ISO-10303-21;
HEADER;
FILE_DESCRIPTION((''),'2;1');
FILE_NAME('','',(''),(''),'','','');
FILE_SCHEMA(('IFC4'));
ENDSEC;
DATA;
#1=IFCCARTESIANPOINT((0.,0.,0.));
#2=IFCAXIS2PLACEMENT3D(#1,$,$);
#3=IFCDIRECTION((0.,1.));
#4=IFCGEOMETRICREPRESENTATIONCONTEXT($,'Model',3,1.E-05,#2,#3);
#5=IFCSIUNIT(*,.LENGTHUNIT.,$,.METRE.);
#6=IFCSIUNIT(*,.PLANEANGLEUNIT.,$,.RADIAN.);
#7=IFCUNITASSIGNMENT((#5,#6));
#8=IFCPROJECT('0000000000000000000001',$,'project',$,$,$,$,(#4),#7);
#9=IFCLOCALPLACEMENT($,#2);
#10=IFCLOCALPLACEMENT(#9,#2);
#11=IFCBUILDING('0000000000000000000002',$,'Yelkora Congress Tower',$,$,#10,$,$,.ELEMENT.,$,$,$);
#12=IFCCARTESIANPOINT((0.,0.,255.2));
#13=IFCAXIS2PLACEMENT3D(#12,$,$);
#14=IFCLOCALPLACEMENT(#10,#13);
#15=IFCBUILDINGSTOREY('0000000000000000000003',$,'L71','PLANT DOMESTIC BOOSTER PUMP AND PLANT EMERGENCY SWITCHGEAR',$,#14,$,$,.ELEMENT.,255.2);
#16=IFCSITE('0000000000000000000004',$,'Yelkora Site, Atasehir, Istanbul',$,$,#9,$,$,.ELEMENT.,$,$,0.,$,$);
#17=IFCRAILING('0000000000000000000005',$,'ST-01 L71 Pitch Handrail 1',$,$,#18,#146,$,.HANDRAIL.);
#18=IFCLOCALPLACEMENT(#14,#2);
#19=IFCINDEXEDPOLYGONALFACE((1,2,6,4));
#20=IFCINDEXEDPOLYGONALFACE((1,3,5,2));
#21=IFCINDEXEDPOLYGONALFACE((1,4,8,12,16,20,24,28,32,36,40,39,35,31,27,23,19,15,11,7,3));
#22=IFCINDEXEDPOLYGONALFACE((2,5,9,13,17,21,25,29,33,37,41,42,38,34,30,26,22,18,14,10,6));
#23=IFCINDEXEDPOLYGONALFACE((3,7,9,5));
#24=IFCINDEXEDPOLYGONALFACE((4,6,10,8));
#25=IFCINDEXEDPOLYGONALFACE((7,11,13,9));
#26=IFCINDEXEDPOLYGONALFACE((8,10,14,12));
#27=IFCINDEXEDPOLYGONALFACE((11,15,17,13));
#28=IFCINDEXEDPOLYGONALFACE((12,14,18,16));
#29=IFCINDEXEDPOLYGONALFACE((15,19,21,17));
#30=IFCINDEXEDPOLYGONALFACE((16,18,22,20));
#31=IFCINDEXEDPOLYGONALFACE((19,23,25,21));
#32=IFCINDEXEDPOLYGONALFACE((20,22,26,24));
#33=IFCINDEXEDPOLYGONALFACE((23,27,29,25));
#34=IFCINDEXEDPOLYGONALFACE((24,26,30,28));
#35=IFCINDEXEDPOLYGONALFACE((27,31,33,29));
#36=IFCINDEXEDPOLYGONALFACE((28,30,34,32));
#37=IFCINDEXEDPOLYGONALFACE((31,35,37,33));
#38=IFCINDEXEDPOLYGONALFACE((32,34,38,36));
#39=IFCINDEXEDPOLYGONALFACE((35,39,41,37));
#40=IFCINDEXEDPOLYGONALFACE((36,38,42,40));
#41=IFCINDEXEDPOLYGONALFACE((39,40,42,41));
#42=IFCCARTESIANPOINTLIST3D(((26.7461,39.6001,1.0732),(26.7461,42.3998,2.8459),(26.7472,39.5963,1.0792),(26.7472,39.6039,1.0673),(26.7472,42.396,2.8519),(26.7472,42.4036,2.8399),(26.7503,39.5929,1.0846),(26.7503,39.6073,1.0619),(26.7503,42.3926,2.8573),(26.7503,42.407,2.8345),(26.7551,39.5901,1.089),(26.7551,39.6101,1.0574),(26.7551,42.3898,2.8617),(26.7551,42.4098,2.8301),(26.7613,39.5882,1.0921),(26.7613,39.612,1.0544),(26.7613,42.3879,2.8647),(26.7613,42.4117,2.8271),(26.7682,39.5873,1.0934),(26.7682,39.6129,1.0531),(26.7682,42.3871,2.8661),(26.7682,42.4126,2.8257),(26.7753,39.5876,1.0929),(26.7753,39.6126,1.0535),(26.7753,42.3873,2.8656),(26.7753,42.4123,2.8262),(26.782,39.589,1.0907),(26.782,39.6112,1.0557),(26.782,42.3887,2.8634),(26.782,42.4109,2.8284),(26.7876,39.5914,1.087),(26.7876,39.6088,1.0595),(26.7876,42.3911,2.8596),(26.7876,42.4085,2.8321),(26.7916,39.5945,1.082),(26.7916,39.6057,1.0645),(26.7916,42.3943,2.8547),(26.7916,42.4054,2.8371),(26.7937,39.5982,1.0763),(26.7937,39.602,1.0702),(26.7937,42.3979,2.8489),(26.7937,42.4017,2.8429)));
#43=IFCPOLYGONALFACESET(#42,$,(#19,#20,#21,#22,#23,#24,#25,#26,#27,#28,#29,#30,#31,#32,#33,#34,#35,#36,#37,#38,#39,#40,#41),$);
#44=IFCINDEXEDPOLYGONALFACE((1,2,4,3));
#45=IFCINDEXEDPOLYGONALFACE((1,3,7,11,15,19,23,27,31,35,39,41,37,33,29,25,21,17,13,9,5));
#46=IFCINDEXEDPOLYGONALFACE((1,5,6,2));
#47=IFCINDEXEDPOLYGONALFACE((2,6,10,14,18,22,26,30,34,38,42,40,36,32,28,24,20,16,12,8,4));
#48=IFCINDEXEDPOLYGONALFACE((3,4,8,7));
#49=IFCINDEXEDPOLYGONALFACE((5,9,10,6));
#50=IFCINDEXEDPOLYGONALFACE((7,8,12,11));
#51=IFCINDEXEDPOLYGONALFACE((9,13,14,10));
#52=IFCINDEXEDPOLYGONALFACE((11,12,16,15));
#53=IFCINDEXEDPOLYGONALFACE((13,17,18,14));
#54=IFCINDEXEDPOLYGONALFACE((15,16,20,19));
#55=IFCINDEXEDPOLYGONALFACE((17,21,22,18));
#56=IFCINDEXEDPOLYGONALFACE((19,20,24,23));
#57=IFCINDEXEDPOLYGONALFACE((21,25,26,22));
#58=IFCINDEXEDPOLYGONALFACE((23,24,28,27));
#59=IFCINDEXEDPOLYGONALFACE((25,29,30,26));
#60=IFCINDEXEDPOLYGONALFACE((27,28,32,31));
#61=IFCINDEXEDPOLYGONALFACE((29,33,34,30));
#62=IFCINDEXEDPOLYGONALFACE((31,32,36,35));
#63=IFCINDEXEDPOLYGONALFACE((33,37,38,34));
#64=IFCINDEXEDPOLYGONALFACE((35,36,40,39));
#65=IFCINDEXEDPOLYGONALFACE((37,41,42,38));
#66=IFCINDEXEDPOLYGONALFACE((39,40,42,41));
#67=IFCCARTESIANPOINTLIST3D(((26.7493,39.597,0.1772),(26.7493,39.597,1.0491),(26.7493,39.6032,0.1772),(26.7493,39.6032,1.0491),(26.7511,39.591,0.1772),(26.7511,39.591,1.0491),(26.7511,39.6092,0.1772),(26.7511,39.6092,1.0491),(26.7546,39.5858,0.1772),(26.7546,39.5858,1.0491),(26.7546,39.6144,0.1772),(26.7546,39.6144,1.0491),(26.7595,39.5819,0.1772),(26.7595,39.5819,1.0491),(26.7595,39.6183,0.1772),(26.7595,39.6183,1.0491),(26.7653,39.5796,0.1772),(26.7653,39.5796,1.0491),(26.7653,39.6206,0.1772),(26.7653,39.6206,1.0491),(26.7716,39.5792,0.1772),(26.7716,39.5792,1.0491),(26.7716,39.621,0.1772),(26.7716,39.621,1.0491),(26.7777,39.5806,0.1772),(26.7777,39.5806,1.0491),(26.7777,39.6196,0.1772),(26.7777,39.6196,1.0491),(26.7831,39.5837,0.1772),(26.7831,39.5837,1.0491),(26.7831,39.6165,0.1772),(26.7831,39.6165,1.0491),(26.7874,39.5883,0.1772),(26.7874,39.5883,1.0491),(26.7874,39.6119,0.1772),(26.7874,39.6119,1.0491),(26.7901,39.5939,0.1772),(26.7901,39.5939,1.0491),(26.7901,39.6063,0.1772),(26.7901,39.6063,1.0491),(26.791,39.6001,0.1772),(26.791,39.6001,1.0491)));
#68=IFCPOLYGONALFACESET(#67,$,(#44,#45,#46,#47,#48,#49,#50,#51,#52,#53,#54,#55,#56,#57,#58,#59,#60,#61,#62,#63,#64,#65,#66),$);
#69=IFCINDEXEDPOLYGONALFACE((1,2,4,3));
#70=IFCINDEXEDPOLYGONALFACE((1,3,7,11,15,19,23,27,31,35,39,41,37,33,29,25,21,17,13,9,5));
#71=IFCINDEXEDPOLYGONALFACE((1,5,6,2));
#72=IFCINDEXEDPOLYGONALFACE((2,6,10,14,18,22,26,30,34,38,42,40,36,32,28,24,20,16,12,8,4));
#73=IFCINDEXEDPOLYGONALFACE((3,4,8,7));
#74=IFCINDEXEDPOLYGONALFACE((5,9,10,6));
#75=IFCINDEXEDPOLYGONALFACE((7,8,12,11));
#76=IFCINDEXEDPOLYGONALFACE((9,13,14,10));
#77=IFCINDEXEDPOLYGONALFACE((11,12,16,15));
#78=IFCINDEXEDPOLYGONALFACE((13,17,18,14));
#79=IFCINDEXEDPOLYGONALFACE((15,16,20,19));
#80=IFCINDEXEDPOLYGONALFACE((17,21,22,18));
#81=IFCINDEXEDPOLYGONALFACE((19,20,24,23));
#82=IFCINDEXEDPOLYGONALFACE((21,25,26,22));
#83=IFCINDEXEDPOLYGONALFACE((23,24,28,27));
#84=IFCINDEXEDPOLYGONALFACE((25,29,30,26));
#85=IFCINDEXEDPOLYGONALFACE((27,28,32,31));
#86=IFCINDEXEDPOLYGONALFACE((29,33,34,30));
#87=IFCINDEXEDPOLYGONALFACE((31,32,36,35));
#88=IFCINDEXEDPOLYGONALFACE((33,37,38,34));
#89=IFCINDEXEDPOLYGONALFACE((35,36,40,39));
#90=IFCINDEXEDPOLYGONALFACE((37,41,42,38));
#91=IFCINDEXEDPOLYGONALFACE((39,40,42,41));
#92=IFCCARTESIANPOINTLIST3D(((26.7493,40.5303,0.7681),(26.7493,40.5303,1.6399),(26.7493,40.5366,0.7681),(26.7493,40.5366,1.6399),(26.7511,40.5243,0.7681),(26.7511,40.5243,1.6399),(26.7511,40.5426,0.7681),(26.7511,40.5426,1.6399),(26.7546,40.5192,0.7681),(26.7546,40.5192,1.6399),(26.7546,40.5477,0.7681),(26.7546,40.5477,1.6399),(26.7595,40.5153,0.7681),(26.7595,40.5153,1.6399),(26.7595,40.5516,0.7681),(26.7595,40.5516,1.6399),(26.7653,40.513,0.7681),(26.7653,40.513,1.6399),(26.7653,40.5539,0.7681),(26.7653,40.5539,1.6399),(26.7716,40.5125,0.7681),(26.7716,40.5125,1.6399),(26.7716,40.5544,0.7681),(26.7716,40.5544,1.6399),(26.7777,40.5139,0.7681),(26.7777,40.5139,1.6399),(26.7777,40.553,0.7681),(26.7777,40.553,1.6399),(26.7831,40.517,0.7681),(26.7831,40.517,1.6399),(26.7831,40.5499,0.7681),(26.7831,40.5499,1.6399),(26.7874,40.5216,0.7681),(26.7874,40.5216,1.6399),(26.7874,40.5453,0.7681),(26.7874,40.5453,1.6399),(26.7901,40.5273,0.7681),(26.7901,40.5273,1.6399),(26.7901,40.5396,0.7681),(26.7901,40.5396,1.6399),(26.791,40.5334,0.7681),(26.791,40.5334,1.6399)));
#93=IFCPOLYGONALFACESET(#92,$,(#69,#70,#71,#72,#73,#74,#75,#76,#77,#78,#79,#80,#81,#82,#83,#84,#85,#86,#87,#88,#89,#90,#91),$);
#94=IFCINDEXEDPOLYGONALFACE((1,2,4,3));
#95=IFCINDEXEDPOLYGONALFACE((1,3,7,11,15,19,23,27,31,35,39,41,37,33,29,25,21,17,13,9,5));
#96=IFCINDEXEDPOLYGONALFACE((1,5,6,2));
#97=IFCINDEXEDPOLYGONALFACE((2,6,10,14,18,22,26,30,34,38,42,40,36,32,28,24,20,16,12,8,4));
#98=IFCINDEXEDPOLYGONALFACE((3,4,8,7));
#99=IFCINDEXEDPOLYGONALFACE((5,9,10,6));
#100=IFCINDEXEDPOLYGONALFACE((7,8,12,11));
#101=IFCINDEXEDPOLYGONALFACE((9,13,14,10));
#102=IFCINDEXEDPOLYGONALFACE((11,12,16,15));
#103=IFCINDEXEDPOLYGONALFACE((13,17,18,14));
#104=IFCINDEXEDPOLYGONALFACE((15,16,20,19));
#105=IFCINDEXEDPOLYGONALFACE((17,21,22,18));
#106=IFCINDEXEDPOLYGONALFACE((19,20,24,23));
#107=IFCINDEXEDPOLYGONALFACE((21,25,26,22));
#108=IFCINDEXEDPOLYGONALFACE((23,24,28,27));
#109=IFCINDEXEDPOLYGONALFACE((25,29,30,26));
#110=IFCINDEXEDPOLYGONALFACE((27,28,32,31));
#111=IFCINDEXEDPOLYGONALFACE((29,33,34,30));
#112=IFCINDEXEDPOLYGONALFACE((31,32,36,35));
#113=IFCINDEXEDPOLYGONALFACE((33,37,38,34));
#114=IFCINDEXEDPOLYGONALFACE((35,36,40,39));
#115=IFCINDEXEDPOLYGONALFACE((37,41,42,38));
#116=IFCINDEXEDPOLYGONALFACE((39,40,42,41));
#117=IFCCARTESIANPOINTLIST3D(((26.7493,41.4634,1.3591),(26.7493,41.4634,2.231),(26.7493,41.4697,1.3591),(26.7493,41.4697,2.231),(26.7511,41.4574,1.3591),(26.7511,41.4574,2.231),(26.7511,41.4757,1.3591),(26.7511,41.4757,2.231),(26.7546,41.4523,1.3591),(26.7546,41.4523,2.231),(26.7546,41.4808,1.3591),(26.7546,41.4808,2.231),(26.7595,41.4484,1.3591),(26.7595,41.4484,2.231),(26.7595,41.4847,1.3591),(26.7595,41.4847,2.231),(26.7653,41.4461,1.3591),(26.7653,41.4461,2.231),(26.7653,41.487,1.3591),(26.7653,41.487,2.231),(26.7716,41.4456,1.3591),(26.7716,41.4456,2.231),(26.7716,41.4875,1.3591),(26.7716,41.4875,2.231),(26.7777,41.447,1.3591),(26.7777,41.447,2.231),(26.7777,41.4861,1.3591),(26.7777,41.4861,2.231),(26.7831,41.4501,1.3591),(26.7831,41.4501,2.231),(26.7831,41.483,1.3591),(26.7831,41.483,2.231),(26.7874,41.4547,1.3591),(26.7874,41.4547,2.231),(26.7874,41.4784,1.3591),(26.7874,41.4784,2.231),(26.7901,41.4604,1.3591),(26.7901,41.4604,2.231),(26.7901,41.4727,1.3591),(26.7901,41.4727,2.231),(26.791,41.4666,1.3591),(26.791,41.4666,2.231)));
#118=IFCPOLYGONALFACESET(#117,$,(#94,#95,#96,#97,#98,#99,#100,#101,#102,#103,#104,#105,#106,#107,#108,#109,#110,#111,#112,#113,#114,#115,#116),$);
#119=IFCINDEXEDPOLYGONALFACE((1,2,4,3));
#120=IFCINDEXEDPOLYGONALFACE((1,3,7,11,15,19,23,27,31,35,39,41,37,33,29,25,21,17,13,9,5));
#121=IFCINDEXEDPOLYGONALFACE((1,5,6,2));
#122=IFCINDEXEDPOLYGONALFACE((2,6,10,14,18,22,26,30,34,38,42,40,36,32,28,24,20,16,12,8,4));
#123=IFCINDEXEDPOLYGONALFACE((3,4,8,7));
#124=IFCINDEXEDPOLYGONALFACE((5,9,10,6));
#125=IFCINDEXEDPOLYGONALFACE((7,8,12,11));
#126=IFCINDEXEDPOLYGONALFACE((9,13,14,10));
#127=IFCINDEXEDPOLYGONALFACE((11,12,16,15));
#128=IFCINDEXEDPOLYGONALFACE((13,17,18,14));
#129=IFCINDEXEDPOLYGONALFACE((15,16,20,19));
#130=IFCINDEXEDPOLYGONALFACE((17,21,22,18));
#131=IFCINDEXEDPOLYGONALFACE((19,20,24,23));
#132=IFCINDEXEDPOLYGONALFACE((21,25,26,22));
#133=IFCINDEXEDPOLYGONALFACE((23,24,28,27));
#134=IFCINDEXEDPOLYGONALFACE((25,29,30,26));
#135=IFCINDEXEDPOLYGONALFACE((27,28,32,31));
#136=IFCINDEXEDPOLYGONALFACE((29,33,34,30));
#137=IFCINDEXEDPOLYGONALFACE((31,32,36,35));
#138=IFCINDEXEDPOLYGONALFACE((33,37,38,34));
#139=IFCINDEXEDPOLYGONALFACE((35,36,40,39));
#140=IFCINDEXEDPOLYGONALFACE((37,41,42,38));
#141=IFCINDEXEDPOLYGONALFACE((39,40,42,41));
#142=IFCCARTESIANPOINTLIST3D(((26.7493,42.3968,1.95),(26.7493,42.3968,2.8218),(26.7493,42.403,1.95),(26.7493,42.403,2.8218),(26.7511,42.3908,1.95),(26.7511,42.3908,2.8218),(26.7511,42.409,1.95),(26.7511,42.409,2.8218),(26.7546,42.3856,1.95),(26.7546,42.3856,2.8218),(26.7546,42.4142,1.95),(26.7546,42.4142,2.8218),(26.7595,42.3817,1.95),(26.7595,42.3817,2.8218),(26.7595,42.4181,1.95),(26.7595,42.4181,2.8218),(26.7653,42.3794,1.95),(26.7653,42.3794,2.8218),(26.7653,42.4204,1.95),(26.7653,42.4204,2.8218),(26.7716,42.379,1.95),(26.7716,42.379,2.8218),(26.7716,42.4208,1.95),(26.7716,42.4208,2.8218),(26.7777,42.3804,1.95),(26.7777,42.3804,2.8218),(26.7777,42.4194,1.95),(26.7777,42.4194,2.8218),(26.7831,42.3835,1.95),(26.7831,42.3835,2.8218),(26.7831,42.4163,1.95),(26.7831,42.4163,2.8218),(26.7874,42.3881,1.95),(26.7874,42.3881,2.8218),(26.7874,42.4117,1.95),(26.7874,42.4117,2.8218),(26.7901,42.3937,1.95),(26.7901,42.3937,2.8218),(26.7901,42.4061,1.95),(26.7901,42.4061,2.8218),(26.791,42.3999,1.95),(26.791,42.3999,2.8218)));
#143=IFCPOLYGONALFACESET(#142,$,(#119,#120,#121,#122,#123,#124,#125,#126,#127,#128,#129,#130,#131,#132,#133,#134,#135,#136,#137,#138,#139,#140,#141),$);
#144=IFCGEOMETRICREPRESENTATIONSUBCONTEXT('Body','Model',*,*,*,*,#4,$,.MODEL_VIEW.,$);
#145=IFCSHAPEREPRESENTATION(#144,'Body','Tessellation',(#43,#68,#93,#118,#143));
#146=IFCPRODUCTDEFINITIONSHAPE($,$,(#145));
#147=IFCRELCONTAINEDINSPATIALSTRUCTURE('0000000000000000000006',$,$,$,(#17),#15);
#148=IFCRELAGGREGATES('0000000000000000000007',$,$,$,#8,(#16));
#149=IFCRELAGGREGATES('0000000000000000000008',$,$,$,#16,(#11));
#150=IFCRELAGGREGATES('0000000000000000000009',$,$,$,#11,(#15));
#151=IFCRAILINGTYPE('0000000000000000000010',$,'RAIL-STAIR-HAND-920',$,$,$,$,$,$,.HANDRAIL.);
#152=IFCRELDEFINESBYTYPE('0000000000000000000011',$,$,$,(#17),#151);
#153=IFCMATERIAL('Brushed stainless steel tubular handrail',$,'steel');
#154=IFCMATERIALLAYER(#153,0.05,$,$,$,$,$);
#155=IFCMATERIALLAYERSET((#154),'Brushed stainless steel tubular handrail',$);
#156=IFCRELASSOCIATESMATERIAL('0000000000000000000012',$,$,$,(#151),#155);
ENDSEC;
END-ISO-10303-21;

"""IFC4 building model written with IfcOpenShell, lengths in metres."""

from ifc_helpers import new_model, si_unit, direction, frame, origin, origin_2d, place, context, subcontext, project, spatial, circle, extrude, material, layer, layer_set, type_object, element, save


model = new_model("IFC4")

# Units and contexts
model_context = context("Model", 3, precision=1e-05, world=origin(), true_north=direction((0.0, 1.0)))
body_context = subcontext(model_context, "Body", "Model", "MODEL_VIEW")
ifc_project = project(units=[si_unit("LENGTHUNIT", "METRE"), si_unit("PLANEANGLEUNIT", "RADIAN")], contexts=[model_context])

# Site, building, storey
site_placement = place(None, origin())
site = spatial("IfcSite", under=ifc_project, at=site_placement, Name="Yelkora Site, Atasehir, Istanbul", CompositionType="ELEMENT", RefElevation=0.0)
building_placement = place(site_placement, origin())
building = spatial("IfcBuilding", under=site, at=building_placement, Name="Yelkora Congress Tower", CompositionType="ELEMENT")
storey_placement = place(building_placement, frame((0.0, 0.0, 255.2)))
storey = spatial("IfcBuildingStorey", under=building, at=storey_placement, Name="L71", Description="PLANT DOMESTIC BOOSTER PUMP AND PLANT EMERGENCY SWITCHGEAR", CompositionType="ELEMENT", Elevation=255.2)

# Railing
ifc_material_1 = material(Name="Brushed stainless steel tubular handrail", Category="steel")
ifc_layer_1 = layer(ifc_material_1, 0.05)
ifc_layer_set_1 = layer_set([ifc_layer_1], Name="Brushed stainless steel tubular handrail")
railing_type_1 = type_object("IfcRailingType", Name="RAIL-STAIR-HAND-920", PredefinedType="HANDRAIL", material=ifc_layer_set_1)
railing_1_placement = place(storey_placement, frame((26.77, 39.6001, 0.1772)))
element("IfcRailing", 1, at=railing_1_placement, inside=storey, type_object=railing_type_1, Name="ST-01 L71 Pitch Handrail 1", PredefinedType="HANDRAIL", context=body_context, shape_type="SweptSolid", body=[
    extrude(circle(Radius=0.0239, at=origin_2d()), frame((0.0, 0.0, 0.896), z_axis=(0.0, 0.844888, 0.534943), x_axis=(-1.0, 0.0, 0.0)), (0.0, 0.0, 1.0), 3.3137),
    extrude(circle(Radius=0.021, at=origin_2d()), origin(), (0.0, 0.0, 1.0), 0.8718),
    extrude(circle(Radius=0.021, at=origin_2d()), frame((0.0, 0.9333, 0.5908)), (0.0, 0.0, 1.0), 0.8718),
    extrude(circle(Radius=0.021, at=origin_2d()), frame((0.0, 1.8665, 1.1819)), (0.0, 0.0, 1.0), 0.8718),
    extrude(circle(Radius=0.021, at=origin_2d()), frame((0.0, 2.7998, 1.7727)), (0.0, 0.0, 1.0), 0.8718),
])

save(model, "model.ifc")
